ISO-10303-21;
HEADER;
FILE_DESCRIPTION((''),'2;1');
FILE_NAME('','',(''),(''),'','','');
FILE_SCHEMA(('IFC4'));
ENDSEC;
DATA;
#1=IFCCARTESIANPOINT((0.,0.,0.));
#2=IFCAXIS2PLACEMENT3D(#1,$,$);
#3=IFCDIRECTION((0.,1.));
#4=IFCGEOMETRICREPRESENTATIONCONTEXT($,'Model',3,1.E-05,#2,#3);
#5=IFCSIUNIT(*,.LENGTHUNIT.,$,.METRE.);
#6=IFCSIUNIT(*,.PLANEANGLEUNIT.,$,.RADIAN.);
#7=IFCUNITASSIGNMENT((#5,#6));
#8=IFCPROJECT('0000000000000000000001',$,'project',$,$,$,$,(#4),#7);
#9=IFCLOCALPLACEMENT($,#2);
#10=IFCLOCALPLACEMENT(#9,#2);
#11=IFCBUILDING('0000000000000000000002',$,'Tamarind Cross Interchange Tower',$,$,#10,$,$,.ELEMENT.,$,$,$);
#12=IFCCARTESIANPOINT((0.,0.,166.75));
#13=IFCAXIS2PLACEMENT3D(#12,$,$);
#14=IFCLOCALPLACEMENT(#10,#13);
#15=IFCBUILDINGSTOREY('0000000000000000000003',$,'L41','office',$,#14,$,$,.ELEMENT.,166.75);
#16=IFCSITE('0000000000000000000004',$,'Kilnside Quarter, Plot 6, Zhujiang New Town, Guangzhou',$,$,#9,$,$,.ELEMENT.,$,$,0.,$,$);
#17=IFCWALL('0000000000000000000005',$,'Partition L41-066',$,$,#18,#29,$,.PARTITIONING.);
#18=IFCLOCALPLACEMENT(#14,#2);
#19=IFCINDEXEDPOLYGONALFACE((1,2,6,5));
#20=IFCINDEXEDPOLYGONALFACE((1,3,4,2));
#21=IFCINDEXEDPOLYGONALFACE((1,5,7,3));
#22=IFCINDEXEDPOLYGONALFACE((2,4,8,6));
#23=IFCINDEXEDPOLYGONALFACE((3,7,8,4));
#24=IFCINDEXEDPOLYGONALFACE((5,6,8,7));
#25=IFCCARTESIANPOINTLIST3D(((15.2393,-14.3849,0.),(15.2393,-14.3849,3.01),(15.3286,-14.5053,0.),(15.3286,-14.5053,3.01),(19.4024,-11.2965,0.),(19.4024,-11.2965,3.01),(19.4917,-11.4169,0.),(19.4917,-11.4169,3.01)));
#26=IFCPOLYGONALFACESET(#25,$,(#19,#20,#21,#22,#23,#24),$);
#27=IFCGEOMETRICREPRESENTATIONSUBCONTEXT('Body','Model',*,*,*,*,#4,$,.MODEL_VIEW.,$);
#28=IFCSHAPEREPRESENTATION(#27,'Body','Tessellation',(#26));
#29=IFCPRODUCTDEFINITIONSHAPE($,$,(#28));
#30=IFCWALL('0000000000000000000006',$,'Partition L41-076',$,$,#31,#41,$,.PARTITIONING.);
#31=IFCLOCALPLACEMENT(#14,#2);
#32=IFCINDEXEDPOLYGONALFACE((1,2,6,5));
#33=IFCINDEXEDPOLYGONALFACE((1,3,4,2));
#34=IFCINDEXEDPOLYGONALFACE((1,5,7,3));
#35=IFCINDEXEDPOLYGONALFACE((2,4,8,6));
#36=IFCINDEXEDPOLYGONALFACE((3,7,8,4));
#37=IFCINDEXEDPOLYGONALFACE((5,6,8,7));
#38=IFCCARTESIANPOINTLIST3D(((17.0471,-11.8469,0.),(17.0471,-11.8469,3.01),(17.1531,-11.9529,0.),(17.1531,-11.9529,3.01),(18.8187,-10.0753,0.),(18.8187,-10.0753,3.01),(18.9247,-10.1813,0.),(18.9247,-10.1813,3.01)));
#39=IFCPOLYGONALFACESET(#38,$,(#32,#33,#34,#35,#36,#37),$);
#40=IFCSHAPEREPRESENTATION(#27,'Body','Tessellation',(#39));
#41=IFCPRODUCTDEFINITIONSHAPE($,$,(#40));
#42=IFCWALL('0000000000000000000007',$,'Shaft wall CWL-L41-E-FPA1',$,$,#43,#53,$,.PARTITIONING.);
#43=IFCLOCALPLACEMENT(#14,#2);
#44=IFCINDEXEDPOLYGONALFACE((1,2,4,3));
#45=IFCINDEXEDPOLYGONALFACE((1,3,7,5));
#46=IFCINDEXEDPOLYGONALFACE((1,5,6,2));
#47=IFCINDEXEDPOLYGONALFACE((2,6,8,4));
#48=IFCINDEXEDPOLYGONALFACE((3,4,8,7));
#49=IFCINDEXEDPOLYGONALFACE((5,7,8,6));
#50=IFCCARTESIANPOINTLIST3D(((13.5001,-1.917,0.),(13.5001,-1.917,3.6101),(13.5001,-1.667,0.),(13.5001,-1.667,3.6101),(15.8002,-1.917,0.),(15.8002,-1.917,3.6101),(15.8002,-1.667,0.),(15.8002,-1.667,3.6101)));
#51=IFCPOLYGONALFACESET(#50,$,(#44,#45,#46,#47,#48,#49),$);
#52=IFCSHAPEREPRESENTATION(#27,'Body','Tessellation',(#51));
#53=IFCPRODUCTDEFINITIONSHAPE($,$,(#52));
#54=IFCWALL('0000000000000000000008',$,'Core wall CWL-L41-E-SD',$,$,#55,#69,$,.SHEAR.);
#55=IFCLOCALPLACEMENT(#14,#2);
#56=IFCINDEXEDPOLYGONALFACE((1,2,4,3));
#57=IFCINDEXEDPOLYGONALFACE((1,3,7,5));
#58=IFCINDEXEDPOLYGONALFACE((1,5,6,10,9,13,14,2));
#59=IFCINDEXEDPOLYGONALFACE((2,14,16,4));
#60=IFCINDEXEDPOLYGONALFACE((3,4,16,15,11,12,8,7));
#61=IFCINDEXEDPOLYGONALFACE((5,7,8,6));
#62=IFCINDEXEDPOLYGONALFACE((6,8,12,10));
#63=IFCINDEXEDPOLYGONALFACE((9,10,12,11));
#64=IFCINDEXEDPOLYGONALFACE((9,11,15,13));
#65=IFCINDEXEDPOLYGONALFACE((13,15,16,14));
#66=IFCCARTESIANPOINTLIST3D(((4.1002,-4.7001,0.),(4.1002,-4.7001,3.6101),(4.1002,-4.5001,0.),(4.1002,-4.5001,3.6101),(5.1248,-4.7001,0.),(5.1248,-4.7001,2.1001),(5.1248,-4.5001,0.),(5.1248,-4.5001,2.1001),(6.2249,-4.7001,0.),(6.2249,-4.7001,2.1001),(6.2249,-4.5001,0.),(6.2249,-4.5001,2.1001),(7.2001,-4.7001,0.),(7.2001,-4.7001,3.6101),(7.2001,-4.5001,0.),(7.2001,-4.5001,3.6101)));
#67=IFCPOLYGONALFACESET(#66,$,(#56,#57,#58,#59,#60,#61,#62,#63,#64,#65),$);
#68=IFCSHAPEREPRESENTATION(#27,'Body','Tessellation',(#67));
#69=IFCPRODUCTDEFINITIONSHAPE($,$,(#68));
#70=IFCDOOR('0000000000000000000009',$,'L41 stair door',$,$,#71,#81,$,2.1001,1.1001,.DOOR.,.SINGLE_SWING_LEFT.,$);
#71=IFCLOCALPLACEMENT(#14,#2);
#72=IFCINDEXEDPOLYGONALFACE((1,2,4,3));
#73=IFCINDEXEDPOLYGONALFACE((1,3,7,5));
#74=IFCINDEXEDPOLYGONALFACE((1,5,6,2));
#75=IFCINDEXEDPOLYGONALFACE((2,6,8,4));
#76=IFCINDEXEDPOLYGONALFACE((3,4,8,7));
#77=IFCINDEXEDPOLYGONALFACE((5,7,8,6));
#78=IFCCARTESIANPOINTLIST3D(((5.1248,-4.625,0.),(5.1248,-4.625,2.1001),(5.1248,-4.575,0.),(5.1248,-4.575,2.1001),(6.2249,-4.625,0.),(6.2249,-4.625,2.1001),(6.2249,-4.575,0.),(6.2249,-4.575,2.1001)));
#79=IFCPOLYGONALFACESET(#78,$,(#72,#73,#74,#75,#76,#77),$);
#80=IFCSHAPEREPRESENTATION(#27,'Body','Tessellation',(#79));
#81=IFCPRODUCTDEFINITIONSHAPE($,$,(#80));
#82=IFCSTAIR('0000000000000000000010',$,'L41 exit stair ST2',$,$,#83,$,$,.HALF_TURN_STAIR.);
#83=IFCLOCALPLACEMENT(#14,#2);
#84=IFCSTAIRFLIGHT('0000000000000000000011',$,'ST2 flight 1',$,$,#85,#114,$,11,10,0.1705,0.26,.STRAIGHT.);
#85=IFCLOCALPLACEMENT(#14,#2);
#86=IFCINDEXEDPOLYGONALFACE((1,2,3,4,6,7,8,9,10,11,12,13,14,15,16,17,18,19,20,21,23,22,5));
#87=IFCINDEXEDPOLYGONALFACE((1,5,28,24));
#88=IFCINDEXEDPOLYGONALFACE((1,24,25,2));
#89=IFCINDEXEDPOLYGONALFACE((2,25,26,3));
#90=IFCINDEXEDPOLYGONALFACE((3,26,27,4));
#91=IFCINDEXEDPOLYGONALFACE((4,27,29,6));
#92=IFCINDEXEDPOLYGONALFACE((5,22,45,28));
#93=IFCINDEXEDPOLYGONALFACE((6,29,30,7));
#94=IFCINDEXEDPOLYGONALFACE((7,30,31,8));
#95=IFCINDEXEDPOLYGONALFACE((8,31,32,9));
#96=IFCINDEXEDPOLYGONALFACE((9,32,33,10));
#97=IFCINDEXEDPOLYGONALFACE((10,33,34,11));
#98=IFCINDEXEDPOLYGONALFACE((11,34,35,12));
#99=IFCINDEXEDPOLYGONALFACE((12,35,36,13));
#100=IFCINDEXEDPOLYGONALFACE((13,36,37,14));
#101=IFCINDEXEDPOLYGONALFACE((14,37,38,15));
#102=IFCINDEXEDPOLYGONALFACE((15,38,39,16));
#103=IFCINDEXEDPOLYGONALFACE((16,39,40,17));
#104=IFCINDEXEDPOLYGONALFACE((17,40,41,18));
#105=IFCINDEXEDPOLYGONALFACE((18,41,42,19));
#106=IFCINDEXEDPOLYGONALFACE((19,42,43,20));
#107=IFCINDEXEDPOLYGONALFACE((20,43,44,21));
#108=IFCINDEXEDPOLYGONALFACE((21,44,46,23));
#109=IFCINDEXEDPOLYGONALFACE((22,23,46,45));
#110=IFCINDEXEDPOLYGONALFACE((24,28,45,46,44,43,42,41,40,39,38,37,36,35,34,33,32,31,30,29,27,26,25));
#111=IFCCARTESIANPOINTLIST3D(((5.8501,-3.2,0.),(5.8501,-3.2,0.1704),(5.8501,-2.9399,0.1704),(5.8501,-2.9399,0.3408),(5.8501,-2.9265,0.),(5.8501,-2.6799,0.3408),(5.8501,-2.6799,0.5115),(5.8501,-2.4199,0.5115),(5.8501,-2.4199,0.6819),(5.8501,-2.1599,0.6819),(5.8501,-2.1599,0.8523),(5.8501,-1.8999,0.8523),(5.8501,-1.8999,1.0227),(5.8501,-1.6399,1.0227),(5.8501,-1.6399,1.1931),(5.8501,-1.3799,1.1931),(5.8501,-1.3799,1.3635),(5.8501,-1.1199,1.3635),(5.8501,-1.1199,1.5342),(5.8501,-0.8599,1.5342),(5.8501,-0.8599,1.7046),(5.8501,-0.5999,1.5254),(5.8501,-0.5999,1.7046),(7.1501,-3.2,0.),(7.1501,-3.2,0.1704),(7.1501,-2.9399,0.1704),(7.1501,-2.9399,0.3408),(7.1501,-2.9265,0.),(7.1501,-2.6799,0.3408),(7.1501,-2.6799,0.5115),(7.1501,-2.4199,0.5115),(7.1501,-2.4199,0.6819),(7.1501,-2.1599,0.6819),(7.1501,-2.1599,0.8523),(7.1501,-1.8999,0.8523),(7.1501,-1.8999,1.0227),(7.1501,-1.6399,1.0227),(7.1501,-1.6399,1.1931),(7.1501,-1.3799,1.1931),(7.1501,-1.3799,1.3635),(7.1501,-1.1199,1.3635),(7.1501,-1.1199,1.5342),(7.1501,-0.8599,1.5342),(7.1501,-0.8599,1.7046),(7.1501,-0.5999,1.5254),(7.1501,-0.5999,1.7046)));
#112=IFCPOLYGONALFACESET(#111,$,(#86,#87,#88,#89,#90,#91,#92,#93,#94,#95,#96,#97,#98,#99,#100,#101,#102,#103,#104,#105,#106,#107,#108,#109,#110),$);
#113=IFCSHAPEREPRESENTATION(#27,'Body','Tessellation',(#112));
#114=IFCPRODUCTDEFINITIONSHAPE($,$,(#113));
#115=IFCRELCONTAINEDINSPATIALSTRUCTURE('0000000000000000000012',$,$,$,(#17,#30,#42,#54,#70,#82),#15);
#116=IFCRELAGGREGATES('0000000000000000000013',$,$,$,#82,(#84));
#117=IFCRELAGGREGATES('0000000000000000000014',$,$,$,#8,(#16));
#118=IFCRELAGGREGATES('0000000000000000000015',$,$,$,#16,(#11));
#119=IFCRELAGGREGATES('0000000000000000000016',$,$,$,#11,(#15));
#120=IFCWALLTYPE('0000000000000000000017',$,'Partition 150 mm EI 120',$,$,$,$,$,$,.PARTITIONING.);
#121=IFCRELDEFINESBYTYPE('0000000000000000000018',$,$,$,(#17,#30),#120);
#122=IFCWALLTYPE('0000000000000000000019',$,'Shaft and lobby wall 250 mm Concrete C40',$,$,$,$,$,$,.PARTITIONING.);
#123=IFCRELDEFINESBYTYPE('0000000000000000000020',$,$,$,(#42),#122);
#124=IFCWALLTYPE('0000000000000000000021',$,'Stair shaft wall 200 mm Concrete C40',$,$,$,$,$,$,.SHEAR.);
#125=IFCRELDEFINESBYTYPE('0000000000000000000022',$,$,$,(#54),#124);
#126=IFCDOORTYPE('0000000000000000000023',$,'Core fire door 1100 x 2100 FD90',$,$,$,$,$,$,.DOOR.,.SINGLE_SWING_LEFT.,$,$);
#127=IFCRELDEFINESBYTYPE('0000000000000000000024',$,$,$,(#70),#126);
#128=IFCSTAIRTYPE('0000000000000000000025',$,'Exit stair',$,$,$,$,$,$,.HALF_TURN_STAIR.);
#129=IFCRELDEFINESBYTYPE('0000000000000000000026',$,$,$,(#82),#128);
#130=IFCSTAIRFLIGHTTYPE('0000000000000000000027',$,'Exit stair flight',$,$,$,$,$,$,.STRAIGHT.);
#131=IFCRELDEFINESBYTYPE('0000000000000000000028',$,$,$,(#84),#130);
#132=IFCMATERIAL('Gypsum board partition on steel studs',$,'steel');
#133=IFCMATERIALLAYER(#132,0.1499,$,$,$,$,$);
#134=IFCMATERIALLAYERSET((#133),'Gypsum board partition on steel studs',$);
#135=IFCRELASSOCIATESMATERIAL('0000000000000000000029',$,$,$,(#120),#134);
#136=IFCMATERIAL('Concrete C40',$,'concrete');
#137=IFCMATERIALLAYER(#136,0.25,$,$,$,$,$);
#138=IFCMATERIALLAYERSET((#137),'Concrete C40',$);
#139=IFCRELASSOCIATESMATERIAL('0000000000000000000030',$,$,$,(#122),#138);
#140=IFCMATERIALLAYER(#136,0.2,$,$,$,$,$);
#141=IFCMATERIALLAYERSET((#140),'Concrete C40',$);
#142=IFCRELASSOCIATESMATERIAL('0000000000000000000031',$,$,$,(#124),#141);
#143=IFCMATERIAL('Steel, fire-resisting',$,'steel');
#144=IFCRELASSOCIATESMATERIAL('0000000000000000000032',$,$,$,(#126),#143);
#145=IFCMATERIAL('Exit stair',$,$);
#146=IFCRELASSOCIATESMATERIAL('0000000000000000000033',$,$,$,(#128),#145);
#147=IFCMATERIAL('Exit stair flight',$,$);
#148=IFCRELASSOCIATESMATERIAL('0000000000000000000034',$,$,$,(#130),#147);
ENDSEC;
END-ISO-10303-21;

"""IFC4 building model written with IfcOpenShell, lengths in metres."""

from ifc_helpers import new_model, si_unit, direction, frame, frame_2d, origin, place, context, subcontext, project, spatial, polyline, rectangle, outline, extrude, material, layer, layer_set, type_object, element, fill, aggregate, save


model = new_model("IFC4")

# Units and contexts
model_context = context("Model", 3, precision=1e-05, world=origin(), true_north=direction((0.0, 1.0)))
body_context = subcontext(model_context, "Body", "Model", "MODEL_VIEW")
ifc_project = project(units=[si_unit("LENGTHUNIT", "METRE"), si_unit("PLANEANGLEUNIT", "RADIAN")], contexts=[model_context])

# Site, building, storey
site_placement = place(None, origin())
site = spatial("IfcSite", under=ifc_project, at=site_placement, Name="Kilnside Quarter, Plot 6, Zhujiang New Town, Guangzhou", CompositionType="ELEMENT", RefElevation=0.0)
building_placement = place(site_placement, origin())
building = spatial("IfcBuilding", under=site, at=building_placement, Name="Tamarind Cross Interchange Tower", CompositionType="ELEMENT")
storey_placement = place(building_placement, frame((0.0, 0.0, 166.75)))
storey = spatial("IfcBuildingStorey", under=building, at=storey_placement, Name="L41", Description="office", CompositionType="ELEMENT", Elevation=166.75)

# Shared definitions
ifc_material_1 = material(Name="Steel, fire-resisting", Category="steel")

# Walls
ifc_material_2 = material(Name="Gypsum board partition on steel studs", Category="steel")
ifc_layer_1 = layer(ifc_material_2, 0.1499)
ifc_layer_set_1 = layer_set([ifc_layer_1], Name="Gypsum board partition on steel studs")
wall_type_1 = type_object("IfcWallType", Name="Partition 150 mm EI 120", PredefinedType="PARTITIONING", material=ifc_layer_set_1)
wall_1_placement = place(storey_placement, frame((15.2839, -14.4451, 0.0), z_axis=(0.0, 0.0, 1.0), x_axis=(0.803131, 0.595802, 0.0)))
element("IfcWall", 1, at=wall_1_placement, inside=storey, type_object=wall_type_1, Name="Partition L41-066", PredefinedType="PARTITIONING", context=body_context, shape_type="SweptSolid", body=[
    extrude(rectangle(XDim=5.1836, YDim=0.1499, at=frame_2d((2.5918, 0.0))), origin(), (0.0, 0.0, 1.0), 3.01),
])
wall_2_placement = place(storey_placement, frame((17.1001, -11.8999, 0.0), z_axis=(0.0, 0.0, 1.0), x_axis=(0.707107, 0.707107, 0.0)))
element("IfcWall", 2, at=wall_2_placement, inside=storey, type_object=wall_type_1, Name="Partition L41-076", PredefinedType="PARTITIONING", context=body_context, shape_type="SweptSolid", body=[
    extrude(rectangle(XDim=2.5054, YDim=0.1499, at=frame_2d((1.2527, 0.0))), origin(), (0.0, 0.0, 1.0), 3.01),
])
ifc_material_3 = material(Name="Concrete C40", Category="concrete")
ifc_layer_2 = layer(ifc_material_3, 0.25)
ifc_layer_set_2 = layer_set([ifc_layer_2], Name="Concrete C40")
wall_type_2 = type_object("IfcWallType", Name="Shaft and lobby wall 250 mm Concrete C40", PredefinedType="PARTITIONING", material=ifc_layer_set_2)
wall_3_placement = place(storey_placement, frame((15.8, -1.792, 0.0), z_axis=(0.0, 0.0, 1.0), x_axis=(-1.0, 0.0, 0.0)))
element("IfcWall", 3, at=wall_3_placement, inside=storey, type_object=wall_type_2, Name="Shaft wall CWL-L41-E-FPA1", PredefinedType="PARTITIONING", context=body_context, shape_type="SweptSolid", body=[
    extrude(rectangle(XDim=2.3, YDim=0.25, at=frame_2d((1.1499, 0.0))), origin(), (0.0, 0.0, 1.0), 3.6101),
])

# Wall, opening, door
ifc_layer_3 = layer(ifc_material_3, 0.2)
ifc_layer_set_3 = layer_set([ifc_layer_3], Name="Concrete C40")
wall_type_3 = type_object("IfcWallType", Name="Stair shaft wall 200 mm Concrete C40", PredefinedType="SHEAR", material=ifc_layer_set_3)
wall_4_placement = place(storey_placement, frame((7.2, -4.6001, 0.0), z_axis=(0.0, 0.0, 1.0), x_axis=(-1.0, 0.0, 0.0)))
wall_4 = element("IfcWall", 4, at=wall_4_placement, inside=storey, type_object=wall_type_3, Name="Core wall CWL-L41-E-SD", PredefinedType="SHEAR", context=body_context, shape_type="SweptSolid", body=[
    extrude(rectangle(XDim=3.0999, YDim=0.2, at=frame_2d((1.5498, 0.0))), origin(), (0.0, 0.0, 1.0), 3.6101),
])
opening_1_placement = place(wall_4_placement, frame((0.9751, 0.0, 0.0)))
opening_1 = element("IfcOpeningElement", 5, at=opening_1_placement, cuts=wall_4, PredefinedType="OPENING", context=body_context, shape_type="SweptSolid", body=[
    extrude(rectangle(XDim=1.1001, YDim=2.1001, at=frame_2d((0.55, 1.05))), frame((0.0, 0.1099, 0.0), z_axis=(0.0, -1.0, 0.0), x_axis=(1.0, 0.0, 0.0)), (0.0, 0.0, 1.0), 0.22),
])
door_type_1 = type_object("IfcDoorType", Name="Core fire door 1100 x 2100 FD90", OperationType="SINGLE_SWING_LEFT", PredefinedType="DOOR", material=ifc_material_1)
door_1_placement = place(opening_1_placement, origin())
door_1 = element("IfcDoor", 6, at=door_1_placement, inside=storey, type_object=door_type_1, Name="L41 stair door", OperationType="SINGLE_SWING_LEFT", OverallHeight=2.1001, OverallWidth=1.1001, PredefinedType="DOOR", context=body_context, shape_type="SweptSolid", body=[
    extrude(rectangle(XDim=1.1001, YDim=2.1001, at=frame_2d((0.55, 1.05))), frame((0.0, 0.0249, 0.0), z_axis=(0.0, -1.0, 0.0), x_axis=(1.0, 0.0, 0.0)), (0.0, 0.0, 1.0), 0.05),
])
fill(opening_1, door_1)

# Stair, stair flight
ifc_material_4 = material(Name="Exit stair")
stair_type = type_object("IfcStairType", Name="Exit stair", PredefinedType="HALF_TURN_STAIR", material=ifc_material_4)
stair_placement = place(storey_placement, origin())
stair = element("IfcStair", 7, at=stair_placement, inside=storey, type_object=stair_type, Name="L41 exit stair ST2", PredefinedType="HALF_TURN_STAIR")
ifc_material_5 = material(Name="Exit stair flight")
stair_flight_type = type_object("IfcStairFlightType", Name="Exit stair flight", PredefinedType="STRAIGHT", material=ifc_material_5)
stair_flight_placement = place(storey_placement, frame((6.5, -3.2, 0.0), z_axis=(0.0, 0.0, 1.0), x_axis=(0.0, 1.0, 0.0)))
stair_flight = element("IfcStairFlight", 8, at=stair_flight_placement, type_object=stair_flight_type, Name="ST2 flight 1", NumberOfRisers=11, NumberOfTreads=10, PredefinedType="STRAIGHT", RiserHeight=0.1705, TreadLength=0.26, context=body_context, shape_type="SweptSolid", body=[
    extrude(outline(polyline([(0.0, 0.0), (0.0, 0.1704), (0.26, 0.1704), (0.26, 0.3408), (0.52, 0.3408), (0.52, 0.5115), (0.78, 0.5115), (0.78, 0.6819), (1.04, 0.6819), (1.04, 0.8523), (1.3, 0.8523), (1.3, 1.0227), (1.5601, 1.0227), (1.5601, 1.1931), (1.8201, 1.1931), (1.8201, 1.3635), (2.0801, 1.3635), (2.0801, 1.5342), (2.3401, 1.5342), (2.3401, 1.7046), (2.6001, 1.7046), (2.6001, 1.875), (2.6001, 1.5254), (0.2734, 0.0), (0.0, 0.0)])), frame((0.0, 0.6499, 0.0), z_axis=(0.0, -1.0, 0.0), x_axis=(1.0, 0.0, 0.0)), (0.0, 0.0, 1.0), 1.3),
])
aggregate(stair, [stair_flight])

save(model, "model.ifc")
